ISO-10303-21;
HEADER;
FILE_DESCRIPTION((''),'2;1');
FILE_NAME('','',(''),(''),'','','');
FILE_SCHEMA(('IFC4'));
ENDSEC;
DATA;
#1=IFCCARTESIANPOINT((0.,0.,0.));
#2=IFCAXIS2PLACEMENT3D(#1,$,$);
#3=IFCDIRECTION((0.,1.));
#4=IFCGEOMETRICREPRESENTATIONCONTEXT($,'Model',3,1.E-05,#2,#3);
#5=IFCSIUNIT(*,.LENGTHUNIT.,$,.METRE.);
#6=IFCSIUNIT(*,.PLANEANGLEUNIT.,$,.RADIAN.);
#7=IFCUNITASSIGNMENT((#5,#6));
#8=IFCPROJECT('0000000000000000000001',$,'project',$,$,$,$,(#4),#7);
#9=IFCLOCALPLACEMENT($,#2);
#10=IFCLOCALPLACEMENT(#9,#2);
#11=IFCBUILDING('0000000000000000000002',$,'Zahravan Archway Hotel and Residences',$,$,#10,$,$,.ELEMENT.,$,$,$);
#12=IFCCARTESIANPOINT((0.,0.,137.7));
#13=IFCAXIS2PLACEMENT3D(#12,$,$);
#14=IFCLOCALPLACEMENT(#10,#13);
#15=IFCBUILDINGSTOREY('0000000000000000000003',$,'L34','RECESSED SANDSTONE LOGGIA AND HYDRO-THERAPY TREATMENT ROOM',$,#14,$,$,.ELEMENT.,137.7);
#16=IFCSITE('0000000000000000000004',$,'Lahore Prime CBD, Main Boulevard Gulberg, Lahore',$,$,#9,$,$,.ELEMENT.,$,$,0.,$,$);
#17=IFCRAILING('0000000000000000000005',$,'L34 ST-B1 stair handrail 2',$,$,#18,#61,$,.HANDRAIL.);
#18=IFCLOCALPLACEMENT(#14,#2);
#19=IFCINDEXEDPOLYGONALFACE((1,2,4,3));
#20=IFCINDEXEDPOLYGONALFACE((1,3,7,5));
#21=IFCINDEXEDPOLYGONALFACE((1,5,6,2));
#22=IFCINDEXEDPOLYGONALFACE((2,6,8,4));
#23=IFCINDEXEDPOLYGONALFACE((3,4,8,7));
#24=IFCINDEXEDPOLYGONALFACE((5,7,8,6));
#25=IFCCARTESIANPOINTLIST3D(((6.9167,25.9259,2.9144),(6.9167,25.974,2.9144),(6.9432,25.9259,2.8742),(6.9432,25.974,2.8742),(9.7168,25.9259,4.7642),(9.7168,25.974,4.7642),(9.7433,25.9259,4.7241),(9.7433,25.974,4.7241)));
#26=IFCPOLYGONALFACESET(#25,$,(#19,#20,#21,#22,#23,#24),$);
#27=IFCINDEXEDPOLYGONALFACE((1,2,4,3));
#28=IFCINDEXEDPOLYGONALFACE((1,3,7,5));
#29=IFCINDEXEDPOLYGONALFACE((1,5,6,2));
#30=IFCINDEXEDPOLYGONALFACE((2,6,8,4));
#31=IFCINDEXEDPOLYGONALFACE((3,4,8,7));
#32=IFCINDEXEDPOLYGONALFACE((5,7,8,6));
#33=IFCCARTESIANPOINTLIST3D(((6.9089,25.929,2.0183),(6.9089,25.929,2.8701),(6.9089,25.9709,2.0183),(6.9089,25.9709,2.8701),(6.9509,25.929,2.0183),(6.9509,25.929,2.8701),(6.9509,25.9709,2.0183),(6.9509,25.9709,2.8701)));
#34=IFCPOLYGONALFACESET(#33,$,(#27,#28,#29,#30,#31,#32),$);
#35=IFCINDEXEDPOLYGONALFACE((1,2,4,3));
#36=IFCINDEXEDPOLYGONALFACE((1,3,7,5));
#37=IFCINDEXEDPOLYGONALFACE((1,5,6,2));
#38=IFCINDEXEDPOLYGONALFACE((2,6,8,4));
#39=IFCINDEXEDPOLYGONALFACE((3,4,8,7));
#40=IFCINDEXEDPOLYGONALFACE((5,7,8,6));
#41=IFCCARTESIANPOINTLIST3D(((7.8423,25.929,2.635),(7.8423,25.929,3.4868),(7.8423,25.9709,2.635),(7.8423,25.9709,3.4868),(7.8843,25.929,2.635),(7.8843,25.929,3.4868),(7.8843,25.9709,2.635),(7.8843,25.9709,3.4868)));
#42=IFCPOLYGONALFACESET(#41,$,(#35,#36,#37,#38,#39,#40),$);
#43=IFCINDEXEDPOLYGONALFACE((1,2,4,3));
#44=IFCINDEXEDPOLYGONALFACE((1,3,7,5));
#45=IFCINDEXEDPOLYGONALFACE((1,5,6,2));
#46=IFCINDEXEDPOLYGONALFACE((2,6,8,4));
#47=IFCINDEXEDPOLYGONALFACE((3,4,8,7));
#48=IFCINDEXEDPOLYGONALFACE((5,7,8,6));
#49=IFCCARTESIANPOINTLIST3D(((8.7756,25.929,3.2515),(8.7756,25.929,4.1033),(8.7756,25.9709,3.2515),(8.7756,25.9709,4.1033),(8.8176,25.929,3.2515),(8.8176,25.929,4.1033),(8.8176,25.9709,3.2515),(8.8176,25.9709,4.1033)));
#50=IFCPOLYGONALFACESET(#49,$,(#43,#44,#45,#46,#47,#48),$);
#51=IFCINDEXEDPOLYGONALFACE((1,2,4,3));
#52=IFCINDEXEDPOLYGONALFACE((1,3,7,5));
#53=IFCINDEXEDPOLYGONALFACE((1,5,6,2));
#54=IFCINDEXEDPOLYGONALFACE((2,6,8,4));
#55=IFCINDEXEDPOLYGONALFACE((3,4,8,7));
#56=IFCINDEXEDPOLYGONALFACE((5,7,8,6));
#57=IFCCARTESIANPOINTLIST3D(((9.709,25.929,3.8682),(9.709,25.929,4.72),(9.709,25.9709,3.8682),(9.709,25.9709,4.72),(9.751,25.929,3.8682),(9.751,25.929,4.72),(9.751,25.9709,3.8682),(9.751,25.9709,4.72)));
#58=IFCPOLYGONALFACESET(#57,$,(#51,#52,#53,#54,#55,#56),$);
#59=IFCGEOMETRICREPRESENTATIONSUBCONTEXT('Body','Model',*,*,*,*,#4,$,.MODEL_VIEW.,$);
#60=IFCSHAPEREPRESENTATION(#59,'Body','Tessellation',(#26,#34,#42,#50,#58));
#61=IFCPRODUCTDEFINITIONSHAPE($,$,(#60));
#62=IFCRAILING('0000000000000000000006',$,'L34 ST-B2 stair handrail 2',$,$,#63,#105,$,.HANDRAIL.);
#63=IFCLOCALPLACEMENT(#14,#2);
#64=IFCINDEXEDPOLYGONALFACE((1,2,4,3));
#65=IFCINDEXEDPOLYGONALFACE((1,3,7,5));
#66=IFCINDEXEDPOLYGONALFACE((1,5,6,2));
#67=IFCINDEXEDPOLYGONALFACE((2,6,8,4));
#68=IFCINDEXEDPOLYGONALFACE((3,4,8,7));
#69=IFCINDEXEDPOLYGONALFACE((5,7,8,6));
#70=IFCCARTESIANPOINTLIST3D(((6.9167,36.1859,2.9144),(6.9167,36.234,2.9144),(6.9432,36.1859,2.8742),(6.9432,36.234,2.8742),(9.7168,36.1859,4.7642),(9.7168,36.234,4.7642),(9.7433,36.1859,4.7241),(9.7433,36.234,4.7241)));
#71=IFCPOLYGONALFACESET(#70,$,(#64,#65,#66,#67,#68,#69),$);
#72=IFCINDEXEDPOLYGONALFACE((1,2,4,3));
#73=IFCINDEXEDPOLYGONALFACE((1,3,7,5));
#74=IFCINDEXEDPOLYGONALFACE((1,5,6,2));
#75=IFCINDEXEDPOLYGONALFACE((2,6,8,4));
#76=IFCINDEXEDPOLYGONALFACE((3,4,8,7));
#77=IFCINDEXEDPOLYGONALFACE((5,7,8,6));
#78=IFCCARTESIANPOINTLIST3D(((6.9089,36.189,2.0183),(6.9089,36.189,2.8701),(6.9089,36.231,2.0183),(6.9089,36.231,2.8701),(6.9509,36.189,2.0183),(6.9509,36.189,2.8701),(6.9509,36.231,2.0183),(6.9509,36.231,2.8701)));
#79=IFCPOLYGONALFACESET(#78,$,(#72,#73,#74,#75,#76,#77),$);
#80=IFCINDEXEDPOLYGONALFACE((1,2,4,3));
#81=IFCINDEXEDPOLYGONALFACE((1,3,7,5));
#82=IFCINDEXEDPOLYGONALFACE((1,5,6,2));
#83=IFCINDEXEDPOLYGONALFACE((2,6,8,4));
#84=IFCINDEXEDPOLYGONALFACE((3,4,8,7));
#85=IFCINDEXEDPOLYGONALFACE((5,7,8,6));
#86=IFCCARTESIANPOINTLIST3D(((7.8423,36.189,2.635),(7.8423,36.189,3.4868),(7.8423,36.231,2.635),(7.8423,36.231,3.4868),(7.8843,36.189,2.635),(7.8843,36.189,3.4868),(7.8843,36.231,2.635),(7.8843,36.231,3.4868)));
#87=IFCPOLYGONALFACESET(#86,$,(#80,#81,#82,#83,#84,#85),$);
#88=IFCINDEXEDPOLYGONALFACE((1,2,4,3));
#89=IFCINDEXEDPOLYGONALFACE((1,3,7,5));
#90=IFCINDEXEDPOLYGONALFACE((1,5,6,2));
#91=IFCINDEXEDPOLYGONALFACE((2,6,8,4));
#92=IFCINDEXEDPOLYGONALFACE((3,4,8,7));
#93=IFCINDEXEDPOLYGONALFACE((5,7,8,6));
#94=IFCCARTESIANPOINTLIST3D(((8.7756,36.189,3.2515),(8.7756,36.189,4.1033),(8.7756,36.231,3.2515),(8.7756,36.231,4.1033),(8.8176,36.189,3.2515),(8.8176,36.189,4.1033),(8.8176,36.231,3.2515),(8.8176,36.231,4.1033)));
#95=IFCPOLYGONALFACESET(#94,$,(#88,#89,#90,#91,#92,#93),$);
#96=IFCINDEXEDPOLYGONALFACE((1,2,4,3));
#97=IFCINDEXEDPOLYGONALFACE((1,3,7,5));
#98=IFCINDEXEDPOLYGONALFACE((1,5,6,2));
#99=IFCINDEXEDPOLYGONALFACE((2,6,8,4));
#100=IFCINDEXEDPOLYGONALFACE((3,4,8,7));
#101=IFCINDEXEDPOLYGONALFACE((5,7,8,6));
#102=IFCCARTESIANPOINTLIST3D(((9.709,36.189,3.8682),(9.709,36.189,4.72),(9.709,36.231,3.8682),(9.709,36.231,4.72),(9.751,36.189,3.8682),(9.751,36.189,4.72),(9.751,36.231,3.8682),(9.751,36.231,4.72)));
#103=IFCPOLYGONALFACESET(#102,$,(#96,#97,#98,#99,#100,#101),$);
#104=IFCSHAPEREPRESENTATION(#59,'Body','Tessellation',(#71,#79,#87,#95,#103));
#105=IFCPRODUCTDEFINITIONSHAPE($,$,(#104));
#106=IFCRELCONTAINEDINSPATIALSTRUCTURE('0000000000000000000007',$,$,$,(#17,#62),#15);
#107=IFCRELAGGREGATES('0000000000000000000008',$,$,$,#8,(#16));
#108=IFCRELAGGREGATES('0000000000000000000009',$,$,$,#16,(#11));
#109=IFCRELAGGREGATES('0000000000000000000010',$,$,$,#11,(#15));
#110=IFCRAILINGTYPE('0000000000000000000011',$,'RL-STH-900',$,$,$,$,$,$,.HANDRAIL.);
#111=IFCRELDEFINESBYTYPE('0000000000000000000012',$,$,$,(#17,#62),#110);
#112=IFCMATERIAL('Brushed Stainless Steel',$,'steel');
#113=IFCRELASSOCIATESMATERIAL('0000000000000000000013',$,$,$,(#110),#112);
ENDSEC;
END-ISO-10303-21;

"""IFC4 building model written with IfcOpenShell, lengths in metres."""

from ifc_helpers import new_model, si_unit, direction, frame, origin, origin_2d, place, context, subcontext, project, spatial, rectangle, extrude, material, type_object, element, save


model = new_model("IFC4")

# Units and contexts
model_context = context("Model", 3, precision=1e-05, world=origin(), true_north=direction((0.0, 1.0)))
body_context = subcontext(model_context, "Body", "Model", "MODEL_VIEW")
ifc_project = project(units=[si_unit("LENGTHUNIT", "METRE"), si_unit("PLANEANGLEUNIT", "RADIAN")], contexts=[model_context])

# Site, building, storey
site_placement = place(None, origin())
site = spatial("IfcSite", under=ifc_project, at=site_placement, Name="Lahore Prime CBD, Main Boulevard Gulberg, Lahore", CompositionType="ELEMENT", RefElevation=0.0)
building_placement = place(site_placement, origin())
building = spatial("IfcBuilding", under=site, at=building_placement, Name="Zahravan Archway Hotel and Residences", CompositionType="ELEMENT")
storey_placement = place(building_placement, frame((0.0, 0.0, 137.7)))
storey = spatial("IfcBuildingStorey", under=building, at=storey_placement, Name="L34", Description="RECESSED SANDSTONE LOGGIA AND HYDRO-THERAPY TREATMENT ROOM", CompositionType="ELEMENT", Elevation=137.7)

# Shared definitions
ifc_material_1 = material(Name="Brushed Stainless Steel", Category="steel")

# Railings
railing_type_1 = type_object("IfcRailingType", Name="RL-STH-900", PredefinedType="HANDRAIL", material=ifc_material_1)
for number, where, name in (
    (1, (6.9299, 25.95, 2.0183), "L34 ST-B1 stair handrail 2"),
    (2, (6.9299, 36.21, 2.0183), "L34 ST-B2 stair handrail 2"),
):
    element("IfcRailing", number, at=place(storey_placement, frame(where)), inside=storey, type_object=railing_type_1, Name=name, PredefinedType="HANDRAIL", context=body_context, shape_type="SweptSolid", body=[
        extrude(rectangle(XDim=0.0481, YDim=0.0481, at=origin_2d()), frame((0.0, 0.0, 0.876), z_axis=(0.83436, 0.0, 0.55122), x_axis=(0.0, 1.0, 0.0)), (0.0, 0.0, 1.0), 3.356),
        extrude(rectangle(XDim=0.042, YDim=0.042, at=origin_2d()), origin(), (0.0, 0.0, 1.0), 0.8518),
        extrude(rectangle(XDim=0.042, YDim=0.042, at=origin_2d()), frame((0.9333, 0.0, 0.6167)), (0.0, 0.0, 1.0), 0.8518),
        extrude(rectangle(XDim=0.042, YDim=0.042, at=origin_2d()), frame((1.8667, 0.0, 1.2332)), (0.0, 0.0, 1.0), 0.8518),
        extrude(rectangle(XDim=0.042, YDim=0.042, at=origin_2d()), frame((2.8, 0.0, 1.8499)), (0.0, 0.0, 1.0), 0.8518),
    ])

save(model, "model.ifc")
